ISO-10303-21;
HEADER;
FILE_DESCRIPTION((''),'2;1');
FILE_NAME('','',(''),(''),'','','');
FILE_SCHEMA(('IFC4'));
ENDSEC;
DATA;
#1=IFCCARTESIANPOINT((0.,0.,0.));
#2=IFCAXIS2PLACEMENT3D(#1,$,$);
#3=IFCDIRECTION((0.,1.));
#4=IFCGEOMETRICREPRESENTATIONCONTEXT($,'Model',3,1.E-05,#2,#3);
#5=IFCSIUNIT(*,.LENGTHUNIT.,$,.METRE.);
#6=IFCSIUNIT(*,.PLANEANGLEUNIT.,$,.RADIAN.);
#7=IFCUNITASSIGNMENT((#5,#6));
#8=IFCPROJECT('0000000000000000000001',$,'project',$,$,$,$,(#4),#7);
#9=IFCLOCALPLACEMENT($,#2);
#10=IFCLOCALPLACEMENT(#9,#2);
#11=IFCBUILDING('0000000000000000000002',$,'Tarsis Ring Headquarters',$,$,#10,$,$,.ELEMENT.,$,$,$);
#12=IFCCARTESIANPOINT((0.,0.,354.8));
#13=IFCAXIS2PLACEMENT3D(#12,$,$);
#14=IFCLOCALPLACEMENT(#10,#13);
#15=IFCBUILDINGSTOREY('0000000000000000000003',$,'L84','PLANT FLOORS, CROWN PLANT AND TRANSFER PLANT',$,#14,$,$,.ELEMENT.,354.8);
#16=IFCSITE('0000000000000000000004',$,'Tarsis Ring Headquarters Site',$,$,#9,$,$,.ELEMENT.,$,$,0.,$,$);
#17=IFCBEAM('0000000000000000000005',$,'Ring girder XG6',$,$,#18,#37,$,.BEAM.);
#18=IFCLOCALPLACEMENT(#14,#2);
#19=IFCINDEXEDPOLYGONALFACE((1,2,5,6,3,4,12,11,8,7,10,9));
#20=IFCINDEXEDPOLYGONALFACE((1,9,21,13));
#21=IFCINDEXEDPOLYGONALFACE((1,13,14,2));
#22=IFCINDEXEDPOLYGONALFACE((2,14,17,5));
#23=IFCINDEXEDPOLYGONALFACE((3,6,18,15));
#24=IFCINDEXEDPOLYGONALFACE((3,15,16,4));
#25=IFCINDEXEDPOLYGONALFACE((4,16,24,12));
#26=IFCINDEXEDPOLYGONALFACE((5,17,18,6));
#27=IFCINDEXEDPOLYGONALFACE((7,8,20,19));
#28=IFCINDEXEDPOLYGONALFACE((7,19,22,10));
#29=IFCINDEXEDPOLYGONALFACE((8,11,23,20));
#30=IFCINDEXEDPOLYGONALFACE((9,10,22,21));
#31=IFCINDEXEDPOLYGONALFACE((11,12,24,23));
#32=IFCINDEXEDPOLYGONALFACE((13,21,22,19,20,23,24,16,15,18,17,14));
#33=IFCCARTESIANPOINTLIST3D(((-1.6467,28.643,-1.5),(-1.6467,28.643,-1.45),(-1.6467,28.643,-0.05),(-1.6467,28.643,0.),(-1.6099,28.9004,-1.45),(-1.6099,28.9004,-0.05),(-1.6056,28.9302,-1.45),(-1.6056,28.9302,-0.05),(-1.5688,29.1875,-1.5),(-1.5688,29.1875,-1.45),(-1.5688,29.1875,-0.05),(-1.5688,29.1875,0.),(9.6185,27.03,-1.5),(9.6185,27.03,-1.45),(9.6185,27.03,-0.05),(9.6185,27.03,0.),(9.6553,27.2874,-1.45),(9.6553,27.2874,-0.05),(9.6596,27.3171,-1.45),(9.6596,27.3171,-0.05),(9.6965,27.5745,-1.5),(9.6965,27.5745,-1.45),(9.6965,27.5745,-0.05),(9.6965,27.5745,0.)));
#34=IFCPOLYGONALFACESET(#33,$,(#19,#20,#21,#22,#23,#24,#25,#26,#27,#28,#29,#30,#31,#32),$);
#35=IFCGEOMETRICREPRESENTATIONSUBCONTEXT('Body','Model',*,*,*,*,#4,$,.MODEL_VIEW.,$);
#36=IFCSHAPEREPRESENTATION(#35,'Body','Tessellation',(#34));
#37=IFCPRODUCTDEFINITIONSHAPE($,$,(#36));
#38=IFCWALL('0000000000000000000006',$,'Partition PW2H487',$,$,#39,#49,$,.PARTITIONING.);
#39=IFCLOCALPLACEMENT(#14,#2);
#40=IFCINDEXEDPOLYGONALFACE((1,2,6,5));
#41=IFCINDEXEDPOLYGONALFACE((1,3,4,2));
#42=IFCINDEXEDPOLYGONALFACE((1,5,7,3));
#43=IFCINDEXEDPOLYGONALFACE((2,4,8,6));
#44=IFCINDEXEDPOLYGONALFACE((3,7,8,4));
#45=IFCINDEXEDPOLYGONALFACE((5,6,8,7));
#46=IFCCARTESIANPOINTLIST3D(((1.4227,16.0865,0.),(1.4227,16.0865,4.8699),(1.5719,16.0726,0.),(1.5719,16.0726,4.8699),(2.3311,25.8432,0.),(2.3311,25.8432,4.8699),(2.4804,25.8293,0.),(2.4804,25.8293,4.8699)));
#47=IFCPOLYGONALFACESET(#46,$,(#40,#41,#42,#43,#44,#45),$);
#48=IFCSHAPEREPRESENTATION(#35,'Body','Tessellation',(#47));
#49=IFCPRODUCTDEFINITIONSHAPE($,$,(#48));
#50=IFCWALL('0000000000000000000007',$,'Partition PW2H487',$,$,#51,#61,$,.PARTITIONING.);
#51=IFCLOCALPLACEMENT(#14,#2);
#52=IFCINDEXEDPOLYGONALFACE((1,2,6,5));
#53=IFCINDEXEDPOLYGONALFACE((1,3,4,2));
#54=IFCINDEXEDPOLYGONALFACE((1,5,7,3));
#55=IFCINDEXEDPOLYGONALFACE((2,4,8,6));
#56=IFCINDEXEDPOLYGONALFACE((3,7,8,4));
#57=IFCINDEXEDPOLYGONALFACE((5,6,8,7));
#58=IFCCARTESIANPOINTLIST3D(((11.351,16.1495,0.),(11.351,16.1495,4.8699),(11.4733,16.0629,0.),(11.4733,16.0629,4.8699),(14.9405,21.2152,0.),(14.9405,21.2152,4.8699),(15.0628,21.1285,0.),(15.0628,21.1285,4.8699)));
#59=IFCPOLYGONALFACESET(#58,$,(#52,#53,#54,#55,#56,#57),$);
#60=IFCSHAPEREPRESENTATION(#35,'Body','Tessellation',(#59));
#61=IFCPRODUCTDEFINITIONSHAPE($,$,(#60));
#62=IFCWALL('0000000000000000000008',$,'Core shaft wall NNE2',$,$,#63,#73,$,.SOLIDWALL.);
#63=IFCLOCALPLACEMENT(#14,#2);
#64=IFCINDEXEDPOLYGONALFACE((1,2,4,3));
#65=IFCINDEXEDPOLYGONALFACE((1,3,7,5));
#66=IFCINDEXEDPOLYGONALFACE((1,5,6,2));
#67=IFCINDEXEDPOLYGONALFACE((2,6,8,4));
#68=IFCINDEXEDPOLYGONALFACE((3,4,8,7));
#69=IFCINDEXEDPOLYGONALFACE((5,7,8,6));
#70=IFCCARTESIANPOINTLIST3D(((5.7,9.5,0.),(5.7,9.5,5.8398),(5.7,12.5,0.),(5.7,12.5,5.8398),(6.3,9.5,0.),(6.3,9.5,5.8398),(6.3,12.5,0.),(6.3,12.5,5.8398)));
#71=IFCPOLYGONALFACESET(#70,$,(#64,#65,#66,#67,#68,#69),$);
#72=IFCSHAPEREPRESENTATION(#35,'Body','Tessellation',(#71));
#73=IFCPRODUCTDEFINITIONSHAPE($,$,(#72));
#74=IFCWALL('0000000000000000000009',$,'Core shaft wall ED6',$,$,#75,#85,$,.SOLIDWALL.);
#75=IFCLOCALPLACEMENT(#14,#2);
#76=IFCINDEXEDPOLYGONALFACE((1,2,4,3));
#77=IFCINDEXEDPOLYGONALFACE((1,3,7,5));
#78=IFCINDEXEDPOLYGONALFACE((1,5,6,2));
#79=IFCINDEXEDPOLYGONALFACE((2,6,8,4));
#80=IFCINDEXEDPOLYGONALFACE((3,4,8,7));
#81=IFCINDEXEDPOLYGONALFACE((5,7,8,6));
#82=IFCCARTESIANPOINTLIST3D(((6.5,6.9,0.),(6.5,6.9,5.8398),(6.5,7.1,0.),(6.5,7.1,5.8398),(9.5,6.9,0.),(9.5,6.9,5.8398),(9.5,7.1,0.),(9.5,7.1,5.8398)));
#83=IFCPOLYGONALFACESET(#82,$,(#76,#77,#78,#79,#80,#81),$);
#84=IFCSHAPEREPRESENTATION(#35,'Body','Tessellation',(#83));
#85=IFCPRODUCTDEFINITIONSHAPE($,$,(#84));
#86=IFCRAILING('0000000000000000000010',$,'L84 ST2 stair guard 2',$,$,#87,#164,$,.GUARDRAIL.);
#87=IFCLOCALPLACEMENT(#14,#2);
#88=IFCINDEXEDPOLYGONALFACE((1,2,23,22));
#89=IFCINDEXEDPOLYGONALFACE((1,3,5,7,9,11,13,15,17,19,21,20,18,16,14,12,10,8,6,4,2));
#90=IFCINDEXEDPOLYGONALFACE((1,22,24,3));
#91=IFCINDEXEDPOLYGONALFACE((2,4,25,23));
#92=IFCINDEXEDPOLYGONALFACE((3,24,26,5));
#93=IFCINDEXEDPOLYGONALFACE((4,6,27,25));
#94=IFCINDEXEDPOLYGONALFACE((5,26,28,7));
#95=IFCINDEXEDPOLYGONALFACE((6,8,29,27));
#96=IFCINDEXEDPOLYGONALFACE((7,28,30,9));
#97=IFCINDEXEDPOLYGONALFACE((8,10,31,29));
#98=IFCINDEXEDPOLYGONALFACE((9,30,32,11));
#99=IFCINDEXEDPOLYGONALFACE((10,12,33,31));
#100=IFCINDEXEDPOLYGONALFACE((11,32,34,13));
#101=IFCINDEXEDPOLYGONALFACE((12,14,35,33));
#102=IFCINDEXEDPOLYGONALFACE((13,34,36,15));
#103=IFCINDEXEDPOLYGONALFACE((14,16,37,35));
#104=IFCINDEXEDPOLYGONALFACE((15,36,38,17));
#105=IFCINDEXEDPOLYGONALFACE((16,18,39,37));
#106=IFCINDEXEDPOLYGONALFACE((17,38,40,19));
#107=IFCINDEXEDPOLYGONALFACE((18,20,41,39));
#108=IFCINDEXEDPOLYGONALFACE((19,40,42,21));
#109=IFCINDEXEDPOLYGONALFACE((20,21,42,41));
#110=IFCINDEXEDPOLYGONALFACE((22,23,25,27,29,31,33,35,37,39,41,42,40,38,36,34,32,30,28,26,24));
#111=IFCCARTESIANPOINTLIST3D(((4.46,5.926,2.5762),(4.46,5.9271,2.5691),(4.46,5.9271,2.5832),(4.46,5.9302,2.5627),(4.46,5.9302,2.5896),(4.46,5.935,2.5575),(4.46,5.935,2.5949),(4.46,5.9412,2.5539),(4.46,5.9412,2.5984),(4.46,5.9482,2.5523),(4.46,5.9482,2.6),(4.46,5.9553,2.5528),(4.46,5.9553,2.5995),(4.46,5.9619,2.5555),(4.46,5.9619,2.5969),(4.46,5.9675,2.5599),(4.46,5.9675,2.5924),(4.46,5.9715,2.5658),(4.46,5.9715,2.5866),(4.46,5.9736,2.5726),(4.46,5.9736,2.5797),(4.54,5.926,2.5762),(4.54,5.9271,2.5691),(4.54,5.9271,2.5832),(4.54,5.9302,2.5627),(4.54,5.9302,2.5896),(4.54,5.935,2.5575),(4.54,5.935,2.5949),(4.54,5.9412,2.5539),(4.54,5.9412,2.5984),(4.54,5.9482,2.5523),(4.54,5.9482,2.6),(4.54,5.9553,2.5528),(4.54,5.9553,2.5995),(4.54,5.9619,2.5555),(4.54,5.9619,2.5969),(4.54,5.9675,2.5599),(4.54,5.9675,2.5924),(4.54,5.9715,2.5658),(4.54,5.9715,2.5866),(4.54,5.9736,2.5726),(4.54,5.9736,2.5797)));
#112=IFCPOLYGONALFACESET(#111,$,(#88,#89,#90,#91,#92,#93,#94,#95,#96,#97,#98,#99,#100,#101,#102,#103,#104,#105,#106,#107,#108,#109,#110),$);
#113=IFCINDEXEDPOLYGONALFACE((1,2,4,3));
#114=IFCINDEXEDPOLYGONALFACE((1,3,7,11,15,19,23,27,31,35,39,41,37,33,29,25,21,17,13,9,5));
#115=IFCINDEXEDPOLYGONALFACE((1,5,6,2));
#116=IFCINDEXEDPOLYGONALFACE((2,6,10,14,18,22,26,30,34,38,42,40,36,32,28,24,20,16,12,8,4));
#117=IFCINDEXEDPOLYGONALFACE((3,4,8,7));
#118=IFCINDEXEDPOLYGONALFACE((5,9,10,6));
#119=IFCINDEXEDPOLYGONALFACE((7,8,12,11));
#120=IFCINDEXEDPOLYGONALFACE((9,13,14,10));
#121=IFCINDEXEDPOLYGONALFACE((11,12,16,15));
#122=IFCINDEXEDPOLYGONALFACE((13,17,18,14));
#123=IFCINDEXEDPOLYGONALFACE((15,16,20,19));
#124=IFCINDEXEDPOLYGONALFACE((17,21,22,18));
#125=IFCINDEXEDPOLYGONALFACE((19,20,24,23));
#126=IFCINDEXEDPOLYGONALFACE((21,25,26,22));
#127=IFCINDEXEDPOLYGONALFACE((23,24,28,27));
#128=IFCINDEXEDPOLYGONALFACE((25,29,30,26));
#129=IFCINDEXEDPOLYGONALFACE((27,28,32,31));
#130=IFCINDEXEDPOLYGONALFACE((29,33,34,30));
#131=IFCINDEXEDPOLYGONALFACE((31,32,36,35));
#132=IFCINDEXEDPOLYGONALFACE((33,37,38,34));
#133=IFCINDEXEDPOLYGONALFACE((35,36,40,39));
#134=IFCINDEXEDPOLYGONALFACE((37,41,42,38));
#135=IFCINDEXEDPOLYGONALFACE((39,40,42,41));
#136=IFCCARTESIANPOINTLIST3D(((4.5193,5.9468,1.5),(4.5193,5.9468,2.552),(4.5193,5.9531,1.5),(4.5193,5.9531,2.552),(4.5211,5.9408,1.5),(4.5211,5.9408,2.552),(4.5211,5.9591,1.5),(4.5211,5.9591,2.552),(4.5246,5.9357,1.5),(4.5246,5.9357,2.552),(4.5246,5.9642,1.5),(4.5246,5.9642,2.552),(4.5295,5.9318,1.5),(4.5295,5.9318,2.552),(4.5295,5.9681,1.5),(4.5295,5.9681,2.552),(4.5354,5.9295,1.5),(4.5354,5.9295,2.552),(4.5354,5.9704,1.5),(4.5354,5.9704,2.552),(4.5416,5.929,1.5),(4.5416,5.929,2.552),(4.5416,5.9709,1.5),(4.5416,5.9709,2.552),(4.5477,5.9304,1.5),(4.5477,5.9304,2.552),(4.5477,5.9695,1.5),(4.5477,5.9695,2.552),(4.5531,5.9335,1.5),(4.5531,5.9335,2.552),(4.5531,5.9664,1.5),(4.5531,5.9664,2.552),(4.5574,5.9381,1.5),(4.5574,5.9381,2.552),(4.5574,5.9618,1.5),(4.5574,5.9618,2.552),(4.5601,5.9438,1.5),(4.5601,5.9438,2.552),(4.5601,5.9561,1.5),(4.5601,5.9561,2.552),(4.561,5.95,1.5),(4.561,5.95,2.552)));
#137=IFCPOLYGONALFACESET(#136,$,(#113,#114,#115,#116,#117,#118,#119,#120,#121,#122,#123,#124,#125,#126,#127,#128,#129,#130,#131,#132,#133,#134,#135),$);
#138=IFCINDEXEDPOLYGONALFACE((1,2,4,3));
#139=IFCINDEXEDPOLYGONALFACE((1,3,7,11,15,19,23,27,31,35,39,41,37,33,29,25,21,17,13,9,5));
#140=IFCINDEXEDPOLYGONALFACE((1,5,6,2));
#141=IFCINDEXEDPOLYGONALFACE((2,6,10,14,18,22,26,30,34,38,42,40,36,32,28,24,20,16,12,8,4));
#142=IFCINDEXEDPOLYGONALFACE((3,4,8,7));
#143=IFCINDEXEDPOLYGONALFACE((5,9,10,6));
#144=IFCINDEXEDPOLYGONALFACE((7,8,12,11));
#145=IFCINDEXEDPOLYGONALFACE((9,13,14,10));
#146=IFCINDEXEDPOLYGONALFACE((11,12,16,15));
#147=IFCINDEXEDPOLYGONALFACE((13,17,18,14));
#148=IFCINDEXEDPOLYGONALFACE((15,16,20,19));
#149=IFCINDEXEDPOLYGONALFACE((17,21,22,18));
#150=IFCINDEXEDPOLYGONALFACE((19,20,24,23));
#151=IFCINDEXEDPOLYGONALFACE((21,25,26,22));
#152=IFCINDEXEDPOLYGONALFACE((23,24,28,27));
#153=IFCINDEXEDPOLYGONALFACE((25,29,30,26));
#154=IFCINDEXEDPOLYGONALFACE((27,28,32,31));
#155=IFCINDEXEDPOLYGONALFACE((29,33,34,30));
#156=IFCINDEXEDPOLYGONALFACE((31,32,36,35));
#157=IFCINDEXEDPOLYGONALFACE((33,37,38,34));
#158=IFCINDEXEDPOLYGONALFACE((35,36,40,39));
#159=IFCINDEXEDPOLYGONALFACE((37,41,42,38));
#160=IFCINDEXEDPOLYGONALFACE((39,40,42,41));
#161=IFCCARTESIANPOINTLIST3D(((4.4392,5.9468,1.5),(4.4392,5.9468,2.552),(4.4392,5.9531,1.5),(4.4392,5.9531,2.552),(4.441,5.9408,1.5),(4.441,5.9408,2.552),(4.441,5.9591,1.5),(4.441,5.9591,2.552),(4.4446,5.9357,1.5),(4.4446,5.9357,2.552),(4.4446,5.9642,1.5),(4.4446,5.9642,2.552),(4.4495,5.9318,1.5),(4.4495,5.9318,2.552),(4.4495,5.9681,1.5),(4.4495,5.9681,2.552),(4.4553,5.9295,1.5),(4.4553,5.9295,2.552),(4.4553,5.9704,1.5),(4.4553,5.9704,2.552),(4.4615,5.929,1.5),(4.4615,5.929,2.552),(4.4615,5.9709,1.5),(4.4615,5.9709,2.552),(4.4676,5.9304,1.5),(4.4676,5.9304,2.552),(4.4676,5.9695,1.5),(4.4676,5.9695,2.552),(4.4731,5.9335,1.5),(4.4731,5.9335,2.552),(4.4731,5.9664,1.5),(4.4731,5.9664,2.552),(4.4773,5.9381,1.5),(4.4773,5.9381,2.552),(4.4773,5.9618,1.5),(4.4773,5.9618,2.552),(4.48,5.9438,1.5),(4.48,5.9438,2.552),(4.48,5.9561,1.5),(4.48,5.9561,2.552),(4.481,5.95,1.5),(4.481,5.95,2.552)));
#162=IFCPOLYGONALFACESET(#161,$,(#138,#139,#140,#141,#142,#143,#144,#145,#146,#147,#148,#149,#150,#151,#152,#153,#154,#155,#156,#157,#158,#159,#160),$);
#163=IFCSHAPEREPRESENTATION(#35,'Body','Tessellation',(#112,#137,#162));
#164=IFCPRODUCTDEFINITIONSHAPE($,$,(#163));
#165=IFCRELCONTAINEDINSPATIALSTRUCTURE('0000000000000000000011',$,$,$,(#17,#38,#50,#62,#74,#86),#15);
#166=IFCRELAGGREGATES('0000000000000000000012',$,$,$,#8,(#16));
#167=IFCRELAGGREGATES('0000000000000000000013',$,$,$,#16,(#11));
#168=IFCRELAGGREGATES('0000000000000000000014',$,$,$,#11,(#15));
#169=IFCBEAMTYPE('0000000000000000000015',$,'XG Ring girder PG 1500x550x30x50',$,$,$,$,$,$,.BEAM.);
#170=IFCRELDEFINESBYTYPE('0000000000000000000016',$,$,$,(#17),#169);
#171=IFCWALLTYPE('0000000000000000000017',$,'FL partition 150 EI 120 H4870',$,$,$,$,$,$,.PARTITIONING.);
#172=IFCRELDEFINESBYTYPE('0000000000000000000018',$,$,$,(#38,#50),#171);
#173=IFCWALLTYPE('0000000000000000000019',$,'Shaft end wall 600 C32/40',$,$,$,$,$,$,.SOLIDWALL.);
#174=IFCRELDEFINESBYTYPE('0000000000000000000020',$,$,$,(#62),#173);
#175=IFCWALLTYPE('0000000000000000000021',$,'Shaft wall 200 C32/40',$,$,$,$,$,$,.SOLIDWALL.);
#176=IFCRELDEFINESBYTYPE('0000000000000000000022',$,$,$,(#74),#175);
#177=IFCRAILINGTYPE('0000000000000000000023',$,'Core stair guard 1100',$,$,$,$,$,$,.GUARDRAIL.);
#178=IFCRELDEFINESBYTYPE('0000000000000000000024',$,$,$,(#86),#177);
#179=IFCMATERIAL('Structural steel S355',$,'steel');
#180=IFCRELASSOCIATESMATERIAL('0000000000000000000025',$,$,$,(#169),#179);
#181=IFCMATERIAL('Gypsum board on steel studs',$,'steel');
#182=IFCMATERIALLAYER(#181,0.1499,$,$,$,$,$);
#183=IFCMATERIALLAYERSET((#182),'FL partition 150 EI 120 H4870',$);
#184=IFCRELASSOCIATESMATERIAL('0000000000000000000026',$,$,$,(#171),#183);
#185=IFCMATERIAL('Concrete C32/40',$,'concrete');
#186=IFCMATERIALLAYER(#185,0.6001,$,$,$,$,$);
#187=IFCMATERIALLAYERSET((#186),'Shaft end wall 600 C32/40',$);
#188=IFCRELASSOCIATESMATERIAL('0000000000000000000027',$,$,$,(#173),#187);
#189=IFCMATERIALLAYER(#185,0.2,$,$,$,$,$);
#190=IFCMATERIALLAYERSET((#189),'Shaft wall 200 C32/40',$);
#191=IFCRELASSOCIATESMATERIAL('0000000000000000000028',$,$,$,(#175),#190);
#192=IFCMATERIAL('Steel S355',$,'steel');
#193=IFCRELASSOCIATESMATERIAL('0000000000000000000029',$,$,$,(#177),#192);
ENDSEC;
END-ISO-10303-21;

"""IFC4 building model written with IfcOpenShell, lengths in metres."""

from ifc_helpers import new_model, si_unit, direction, frame, frame_2d, origin, origin_2d, place, context, subcontext, project, spatial, rectangle, circle, i_section, extrude, material, layer, layer_set, material_profile, profile_set, type_object, element, save


model = new_model("IFC4")

# Units and contexts
model_context = context("Model", 3, precision=1e-05, world=origin(), true_north=direction((0.0, 1.0)))
body_context = subcontext(model_context, "Body", "Model", "MODEL_VIEW")
ifc_project = project(units=[si_unit("LENGTHUNIT", "METRE"), si_unit("PLANEANGLEUNIT", "RADIAN")], contexts=[model_context])

# Site, building, storey
site_placement = place(None, origin())
site = spatial("IfcSite", under=ifc_project, at=site_placement, Name="Tarsis Ring Headquarters Site", CompositionType="ELEMENT", RefElevation=0.0)
building_placement = place(site_placement, origin())
building = spatial("IfcBuilding", under=site, at=building_placement, Name="Tarsis Ring Headquarters", CompositionType="ELEMENT")
storey_placement = place(building_placement, frame((0.0, 0.0, 354.8)))
storey = spatial("IfcBuildingStorey", under=building, at=storey_placement, Name="L84", Description="PLANT FLOORS, CROWN PLANT AND TRANSFER PLANT", CompositionType="ELEMENT", Elevation=354.8)

# Shared definitions
ifc_material_1 = material(Name="Structural steel S355", Category="steel")

# Beam
ifc_material_profile_1 = material_profile(ifc_material_1, i_section(OverallWidth=0.55, OverallDepth=1.5, WebThickness=0.03, FlangeThickness=0.05, at=origin_2d()), Name="PG 1500x550x30x50")
ifc_profile_set_1 = profile_set([ifc_material_profile_1], Name="Structural steel S355")
beam_type_1 = type_object("IfcBeamType", Name="XG Ring girder PG 1500x550x30x50", PredefinedType="BEAM", material=ifc_profile_set_1)
beam_1_placement = place(storey_placement, frame((9.6575, 27.3022, -0.75), z_axis=(-0.989904, 0.141743, 0.0), x_axis=(-0.141743, -0.989904, 0.0)))
element("IfcBeam", 1, at=beam_1_placement, inside=storey, type_object=beam_type_1, Name="Ring girder XG6", PredefinedType="BEAM", context=body_context, shape_type="SweptSolid", body=[
    extrude(i_section(OverallWidth=0.55, OverallDepth=1.5, WebThickness=0.03, FlangeThickness=0.05, at=origin_2d()), origin(), (0.0, 0.0, 1.0), 11.3801),
])

# Walls
ifc_material_2 = material(Name="Gypsum board on steel studs", Category="steel")
ifc_layer_1 = layer(ifc_material_2, 0.1499)
ifc_layer_set_1 = layer_set([ifc_layer_1], Name="FL partition 150 EI 120 H4870")
wall_type_1 = type_object("IfcWallType", Name="FL partition 150 EI 120 H4870", PredefinedType="PARTITIONING", material=ifc_layer_set_1)
wall_1_placement = place(storey_placement, frame((1.4973, 16.0796, 0.0), z_axis=(0.0, 0.0, 1.0), x_axis=(0.09271, 0.995693, 0.0)))
element("IfcWall", 2, at=wall_1_placement, inside=storey, type_object=wall_type_1, Name="Partition PW2H487", PredefinedType="PARTITIONING", context=body_context, shape_type="SweptSolid", body=[
    extrude(rectangle(XDim=9.7988, YDim=0.1499, at=frame_2d((4.8994, 0.0))), origin(), (0.0, 0.0, 1.0), 4.8699),
])
wall_2_placement = place(storey_placement, frame((11.4121, 16.1062, 0.0), z_axis=(0.0, 0.0, 1.0), x_axis=(0.578169, 0.815917, 0.0)))
element("IfcWall", 3, at=wall_2_placement, inside=storey, type_object=wall_type_1, Name="Partition PW2H487", PredefinedType="PARTITIONING", context=body_context, shape_type="SweptSolid", body=[
    extrude(rectangle(XDim=6.2085, YDim=0.1499, at=frame_2d((3.1042, 0.0))), origin(), (0.0, 0.0, 1.0), 4.8699),
])
ifc_material_3 = material(Name="Concrete C32/40", Category="concrete")
ifc_layer_2 = layer(ifc_material_3, 0.6001)
ifc_layer_set_2 = layer_set([ifc_layer_2], Name="Shaft end wall 600 C32/40")
wall_type_2 = type_object("IfcWallType", Name="Shaft end wall 600 C32/40", PredefinedType="SOLIDWALL", material=ifc_layer_set_2)
wall_3_placement = place(storey_placement, frame((6.0, 9.5, 0.0), z_axis=(0.0, 0.0, 1.0), x_axis=(0.0, 1.0, 0.0)))
element("IfcWall", 4, at=wall_3_placement, inside=storey, type_object=wall_type_2, Name="Core shaft wall NNE2", PredefinedType="SOLIDWALL", context=body_context, shape_type="SweptSolid", body=[
    extrude(rectangle(XDim=3.0, YDim=0.6001, at=frame_2d((1.5, 0.0))), origin(), (0.0, 0.0, 1.0), 5.8398),
])
ifc_layer_3 = layer(ifc_material_3, 0.2)
ifc_layer_set_3 = layer_set([ifc_layer_3], Name="Shaft wall 200 C32/40")
wall_type_3 = type_object("IfcWallType", Name="Shaft wall 200 C32/40", PredefinedType="SOLIDWALL", material=ifc_layer_set_3)
wall_4_placement = place(storey_placement, frame((6.5, 7.0, 0.0), z_axis=(0.0, 0.0, 1.0), x_axis=(1.0, 0.0, 0.0)))
element("IfcWall", 5, at=wall_4_placement, inside=storey, type_object=wall_type_3, Name="Core shaft wall ED6", PredefinedType="SOLIDWALL", context=body_context, shape_type="SweptSolid", body=[
    extrude(rectangle(XDim=3.0, YDim=0.2, at=frame_2d((1.5, 0.0))), origin(), (0.0, 0.0, 1.0), 5.8398),
])

# Railing
ifc_material_4 = material(Name="Steel S355", Category="steel")
railing_type_1 = type_object("IfcRailingType", Name="Core stair guard 1100", PredefinedType="GUARDRAIL", material=ifc_material_4)
railing_1_placement = place(storey_placement, frame((4.54, 5.95, 1.5)))
element("IfcRailing", 6, at=railing_1_placement, inside=storey, type_object=railing_type_1, Name="L84 ST2 stair guard 2", PredefinedType="GUARDRAIL", context=body_context, shape_type="SweptSolid", body=[
    extrude(circle(Radius=0.0239, at=origin_2d()), frame((0.0, 0.0, 1.0762), z_axis=(-1.0, 0.0, 0.0), x_axis=(0.0, -1.0, 0.0)), (0.0, 0.0, 1.0), 0.0801),
    extrude(circle(Radius=0.021, at=origin_2d()), origin(), (0.0, 0.0, 1.0), 1.052),
    extrude(circle(Radius=0.021, at=origin_2d()), frame((-0.0801, 0.0, 0.0)), (0.0, 0.0, 1.0), 1.052),
])

save(model, "model.ifc")
